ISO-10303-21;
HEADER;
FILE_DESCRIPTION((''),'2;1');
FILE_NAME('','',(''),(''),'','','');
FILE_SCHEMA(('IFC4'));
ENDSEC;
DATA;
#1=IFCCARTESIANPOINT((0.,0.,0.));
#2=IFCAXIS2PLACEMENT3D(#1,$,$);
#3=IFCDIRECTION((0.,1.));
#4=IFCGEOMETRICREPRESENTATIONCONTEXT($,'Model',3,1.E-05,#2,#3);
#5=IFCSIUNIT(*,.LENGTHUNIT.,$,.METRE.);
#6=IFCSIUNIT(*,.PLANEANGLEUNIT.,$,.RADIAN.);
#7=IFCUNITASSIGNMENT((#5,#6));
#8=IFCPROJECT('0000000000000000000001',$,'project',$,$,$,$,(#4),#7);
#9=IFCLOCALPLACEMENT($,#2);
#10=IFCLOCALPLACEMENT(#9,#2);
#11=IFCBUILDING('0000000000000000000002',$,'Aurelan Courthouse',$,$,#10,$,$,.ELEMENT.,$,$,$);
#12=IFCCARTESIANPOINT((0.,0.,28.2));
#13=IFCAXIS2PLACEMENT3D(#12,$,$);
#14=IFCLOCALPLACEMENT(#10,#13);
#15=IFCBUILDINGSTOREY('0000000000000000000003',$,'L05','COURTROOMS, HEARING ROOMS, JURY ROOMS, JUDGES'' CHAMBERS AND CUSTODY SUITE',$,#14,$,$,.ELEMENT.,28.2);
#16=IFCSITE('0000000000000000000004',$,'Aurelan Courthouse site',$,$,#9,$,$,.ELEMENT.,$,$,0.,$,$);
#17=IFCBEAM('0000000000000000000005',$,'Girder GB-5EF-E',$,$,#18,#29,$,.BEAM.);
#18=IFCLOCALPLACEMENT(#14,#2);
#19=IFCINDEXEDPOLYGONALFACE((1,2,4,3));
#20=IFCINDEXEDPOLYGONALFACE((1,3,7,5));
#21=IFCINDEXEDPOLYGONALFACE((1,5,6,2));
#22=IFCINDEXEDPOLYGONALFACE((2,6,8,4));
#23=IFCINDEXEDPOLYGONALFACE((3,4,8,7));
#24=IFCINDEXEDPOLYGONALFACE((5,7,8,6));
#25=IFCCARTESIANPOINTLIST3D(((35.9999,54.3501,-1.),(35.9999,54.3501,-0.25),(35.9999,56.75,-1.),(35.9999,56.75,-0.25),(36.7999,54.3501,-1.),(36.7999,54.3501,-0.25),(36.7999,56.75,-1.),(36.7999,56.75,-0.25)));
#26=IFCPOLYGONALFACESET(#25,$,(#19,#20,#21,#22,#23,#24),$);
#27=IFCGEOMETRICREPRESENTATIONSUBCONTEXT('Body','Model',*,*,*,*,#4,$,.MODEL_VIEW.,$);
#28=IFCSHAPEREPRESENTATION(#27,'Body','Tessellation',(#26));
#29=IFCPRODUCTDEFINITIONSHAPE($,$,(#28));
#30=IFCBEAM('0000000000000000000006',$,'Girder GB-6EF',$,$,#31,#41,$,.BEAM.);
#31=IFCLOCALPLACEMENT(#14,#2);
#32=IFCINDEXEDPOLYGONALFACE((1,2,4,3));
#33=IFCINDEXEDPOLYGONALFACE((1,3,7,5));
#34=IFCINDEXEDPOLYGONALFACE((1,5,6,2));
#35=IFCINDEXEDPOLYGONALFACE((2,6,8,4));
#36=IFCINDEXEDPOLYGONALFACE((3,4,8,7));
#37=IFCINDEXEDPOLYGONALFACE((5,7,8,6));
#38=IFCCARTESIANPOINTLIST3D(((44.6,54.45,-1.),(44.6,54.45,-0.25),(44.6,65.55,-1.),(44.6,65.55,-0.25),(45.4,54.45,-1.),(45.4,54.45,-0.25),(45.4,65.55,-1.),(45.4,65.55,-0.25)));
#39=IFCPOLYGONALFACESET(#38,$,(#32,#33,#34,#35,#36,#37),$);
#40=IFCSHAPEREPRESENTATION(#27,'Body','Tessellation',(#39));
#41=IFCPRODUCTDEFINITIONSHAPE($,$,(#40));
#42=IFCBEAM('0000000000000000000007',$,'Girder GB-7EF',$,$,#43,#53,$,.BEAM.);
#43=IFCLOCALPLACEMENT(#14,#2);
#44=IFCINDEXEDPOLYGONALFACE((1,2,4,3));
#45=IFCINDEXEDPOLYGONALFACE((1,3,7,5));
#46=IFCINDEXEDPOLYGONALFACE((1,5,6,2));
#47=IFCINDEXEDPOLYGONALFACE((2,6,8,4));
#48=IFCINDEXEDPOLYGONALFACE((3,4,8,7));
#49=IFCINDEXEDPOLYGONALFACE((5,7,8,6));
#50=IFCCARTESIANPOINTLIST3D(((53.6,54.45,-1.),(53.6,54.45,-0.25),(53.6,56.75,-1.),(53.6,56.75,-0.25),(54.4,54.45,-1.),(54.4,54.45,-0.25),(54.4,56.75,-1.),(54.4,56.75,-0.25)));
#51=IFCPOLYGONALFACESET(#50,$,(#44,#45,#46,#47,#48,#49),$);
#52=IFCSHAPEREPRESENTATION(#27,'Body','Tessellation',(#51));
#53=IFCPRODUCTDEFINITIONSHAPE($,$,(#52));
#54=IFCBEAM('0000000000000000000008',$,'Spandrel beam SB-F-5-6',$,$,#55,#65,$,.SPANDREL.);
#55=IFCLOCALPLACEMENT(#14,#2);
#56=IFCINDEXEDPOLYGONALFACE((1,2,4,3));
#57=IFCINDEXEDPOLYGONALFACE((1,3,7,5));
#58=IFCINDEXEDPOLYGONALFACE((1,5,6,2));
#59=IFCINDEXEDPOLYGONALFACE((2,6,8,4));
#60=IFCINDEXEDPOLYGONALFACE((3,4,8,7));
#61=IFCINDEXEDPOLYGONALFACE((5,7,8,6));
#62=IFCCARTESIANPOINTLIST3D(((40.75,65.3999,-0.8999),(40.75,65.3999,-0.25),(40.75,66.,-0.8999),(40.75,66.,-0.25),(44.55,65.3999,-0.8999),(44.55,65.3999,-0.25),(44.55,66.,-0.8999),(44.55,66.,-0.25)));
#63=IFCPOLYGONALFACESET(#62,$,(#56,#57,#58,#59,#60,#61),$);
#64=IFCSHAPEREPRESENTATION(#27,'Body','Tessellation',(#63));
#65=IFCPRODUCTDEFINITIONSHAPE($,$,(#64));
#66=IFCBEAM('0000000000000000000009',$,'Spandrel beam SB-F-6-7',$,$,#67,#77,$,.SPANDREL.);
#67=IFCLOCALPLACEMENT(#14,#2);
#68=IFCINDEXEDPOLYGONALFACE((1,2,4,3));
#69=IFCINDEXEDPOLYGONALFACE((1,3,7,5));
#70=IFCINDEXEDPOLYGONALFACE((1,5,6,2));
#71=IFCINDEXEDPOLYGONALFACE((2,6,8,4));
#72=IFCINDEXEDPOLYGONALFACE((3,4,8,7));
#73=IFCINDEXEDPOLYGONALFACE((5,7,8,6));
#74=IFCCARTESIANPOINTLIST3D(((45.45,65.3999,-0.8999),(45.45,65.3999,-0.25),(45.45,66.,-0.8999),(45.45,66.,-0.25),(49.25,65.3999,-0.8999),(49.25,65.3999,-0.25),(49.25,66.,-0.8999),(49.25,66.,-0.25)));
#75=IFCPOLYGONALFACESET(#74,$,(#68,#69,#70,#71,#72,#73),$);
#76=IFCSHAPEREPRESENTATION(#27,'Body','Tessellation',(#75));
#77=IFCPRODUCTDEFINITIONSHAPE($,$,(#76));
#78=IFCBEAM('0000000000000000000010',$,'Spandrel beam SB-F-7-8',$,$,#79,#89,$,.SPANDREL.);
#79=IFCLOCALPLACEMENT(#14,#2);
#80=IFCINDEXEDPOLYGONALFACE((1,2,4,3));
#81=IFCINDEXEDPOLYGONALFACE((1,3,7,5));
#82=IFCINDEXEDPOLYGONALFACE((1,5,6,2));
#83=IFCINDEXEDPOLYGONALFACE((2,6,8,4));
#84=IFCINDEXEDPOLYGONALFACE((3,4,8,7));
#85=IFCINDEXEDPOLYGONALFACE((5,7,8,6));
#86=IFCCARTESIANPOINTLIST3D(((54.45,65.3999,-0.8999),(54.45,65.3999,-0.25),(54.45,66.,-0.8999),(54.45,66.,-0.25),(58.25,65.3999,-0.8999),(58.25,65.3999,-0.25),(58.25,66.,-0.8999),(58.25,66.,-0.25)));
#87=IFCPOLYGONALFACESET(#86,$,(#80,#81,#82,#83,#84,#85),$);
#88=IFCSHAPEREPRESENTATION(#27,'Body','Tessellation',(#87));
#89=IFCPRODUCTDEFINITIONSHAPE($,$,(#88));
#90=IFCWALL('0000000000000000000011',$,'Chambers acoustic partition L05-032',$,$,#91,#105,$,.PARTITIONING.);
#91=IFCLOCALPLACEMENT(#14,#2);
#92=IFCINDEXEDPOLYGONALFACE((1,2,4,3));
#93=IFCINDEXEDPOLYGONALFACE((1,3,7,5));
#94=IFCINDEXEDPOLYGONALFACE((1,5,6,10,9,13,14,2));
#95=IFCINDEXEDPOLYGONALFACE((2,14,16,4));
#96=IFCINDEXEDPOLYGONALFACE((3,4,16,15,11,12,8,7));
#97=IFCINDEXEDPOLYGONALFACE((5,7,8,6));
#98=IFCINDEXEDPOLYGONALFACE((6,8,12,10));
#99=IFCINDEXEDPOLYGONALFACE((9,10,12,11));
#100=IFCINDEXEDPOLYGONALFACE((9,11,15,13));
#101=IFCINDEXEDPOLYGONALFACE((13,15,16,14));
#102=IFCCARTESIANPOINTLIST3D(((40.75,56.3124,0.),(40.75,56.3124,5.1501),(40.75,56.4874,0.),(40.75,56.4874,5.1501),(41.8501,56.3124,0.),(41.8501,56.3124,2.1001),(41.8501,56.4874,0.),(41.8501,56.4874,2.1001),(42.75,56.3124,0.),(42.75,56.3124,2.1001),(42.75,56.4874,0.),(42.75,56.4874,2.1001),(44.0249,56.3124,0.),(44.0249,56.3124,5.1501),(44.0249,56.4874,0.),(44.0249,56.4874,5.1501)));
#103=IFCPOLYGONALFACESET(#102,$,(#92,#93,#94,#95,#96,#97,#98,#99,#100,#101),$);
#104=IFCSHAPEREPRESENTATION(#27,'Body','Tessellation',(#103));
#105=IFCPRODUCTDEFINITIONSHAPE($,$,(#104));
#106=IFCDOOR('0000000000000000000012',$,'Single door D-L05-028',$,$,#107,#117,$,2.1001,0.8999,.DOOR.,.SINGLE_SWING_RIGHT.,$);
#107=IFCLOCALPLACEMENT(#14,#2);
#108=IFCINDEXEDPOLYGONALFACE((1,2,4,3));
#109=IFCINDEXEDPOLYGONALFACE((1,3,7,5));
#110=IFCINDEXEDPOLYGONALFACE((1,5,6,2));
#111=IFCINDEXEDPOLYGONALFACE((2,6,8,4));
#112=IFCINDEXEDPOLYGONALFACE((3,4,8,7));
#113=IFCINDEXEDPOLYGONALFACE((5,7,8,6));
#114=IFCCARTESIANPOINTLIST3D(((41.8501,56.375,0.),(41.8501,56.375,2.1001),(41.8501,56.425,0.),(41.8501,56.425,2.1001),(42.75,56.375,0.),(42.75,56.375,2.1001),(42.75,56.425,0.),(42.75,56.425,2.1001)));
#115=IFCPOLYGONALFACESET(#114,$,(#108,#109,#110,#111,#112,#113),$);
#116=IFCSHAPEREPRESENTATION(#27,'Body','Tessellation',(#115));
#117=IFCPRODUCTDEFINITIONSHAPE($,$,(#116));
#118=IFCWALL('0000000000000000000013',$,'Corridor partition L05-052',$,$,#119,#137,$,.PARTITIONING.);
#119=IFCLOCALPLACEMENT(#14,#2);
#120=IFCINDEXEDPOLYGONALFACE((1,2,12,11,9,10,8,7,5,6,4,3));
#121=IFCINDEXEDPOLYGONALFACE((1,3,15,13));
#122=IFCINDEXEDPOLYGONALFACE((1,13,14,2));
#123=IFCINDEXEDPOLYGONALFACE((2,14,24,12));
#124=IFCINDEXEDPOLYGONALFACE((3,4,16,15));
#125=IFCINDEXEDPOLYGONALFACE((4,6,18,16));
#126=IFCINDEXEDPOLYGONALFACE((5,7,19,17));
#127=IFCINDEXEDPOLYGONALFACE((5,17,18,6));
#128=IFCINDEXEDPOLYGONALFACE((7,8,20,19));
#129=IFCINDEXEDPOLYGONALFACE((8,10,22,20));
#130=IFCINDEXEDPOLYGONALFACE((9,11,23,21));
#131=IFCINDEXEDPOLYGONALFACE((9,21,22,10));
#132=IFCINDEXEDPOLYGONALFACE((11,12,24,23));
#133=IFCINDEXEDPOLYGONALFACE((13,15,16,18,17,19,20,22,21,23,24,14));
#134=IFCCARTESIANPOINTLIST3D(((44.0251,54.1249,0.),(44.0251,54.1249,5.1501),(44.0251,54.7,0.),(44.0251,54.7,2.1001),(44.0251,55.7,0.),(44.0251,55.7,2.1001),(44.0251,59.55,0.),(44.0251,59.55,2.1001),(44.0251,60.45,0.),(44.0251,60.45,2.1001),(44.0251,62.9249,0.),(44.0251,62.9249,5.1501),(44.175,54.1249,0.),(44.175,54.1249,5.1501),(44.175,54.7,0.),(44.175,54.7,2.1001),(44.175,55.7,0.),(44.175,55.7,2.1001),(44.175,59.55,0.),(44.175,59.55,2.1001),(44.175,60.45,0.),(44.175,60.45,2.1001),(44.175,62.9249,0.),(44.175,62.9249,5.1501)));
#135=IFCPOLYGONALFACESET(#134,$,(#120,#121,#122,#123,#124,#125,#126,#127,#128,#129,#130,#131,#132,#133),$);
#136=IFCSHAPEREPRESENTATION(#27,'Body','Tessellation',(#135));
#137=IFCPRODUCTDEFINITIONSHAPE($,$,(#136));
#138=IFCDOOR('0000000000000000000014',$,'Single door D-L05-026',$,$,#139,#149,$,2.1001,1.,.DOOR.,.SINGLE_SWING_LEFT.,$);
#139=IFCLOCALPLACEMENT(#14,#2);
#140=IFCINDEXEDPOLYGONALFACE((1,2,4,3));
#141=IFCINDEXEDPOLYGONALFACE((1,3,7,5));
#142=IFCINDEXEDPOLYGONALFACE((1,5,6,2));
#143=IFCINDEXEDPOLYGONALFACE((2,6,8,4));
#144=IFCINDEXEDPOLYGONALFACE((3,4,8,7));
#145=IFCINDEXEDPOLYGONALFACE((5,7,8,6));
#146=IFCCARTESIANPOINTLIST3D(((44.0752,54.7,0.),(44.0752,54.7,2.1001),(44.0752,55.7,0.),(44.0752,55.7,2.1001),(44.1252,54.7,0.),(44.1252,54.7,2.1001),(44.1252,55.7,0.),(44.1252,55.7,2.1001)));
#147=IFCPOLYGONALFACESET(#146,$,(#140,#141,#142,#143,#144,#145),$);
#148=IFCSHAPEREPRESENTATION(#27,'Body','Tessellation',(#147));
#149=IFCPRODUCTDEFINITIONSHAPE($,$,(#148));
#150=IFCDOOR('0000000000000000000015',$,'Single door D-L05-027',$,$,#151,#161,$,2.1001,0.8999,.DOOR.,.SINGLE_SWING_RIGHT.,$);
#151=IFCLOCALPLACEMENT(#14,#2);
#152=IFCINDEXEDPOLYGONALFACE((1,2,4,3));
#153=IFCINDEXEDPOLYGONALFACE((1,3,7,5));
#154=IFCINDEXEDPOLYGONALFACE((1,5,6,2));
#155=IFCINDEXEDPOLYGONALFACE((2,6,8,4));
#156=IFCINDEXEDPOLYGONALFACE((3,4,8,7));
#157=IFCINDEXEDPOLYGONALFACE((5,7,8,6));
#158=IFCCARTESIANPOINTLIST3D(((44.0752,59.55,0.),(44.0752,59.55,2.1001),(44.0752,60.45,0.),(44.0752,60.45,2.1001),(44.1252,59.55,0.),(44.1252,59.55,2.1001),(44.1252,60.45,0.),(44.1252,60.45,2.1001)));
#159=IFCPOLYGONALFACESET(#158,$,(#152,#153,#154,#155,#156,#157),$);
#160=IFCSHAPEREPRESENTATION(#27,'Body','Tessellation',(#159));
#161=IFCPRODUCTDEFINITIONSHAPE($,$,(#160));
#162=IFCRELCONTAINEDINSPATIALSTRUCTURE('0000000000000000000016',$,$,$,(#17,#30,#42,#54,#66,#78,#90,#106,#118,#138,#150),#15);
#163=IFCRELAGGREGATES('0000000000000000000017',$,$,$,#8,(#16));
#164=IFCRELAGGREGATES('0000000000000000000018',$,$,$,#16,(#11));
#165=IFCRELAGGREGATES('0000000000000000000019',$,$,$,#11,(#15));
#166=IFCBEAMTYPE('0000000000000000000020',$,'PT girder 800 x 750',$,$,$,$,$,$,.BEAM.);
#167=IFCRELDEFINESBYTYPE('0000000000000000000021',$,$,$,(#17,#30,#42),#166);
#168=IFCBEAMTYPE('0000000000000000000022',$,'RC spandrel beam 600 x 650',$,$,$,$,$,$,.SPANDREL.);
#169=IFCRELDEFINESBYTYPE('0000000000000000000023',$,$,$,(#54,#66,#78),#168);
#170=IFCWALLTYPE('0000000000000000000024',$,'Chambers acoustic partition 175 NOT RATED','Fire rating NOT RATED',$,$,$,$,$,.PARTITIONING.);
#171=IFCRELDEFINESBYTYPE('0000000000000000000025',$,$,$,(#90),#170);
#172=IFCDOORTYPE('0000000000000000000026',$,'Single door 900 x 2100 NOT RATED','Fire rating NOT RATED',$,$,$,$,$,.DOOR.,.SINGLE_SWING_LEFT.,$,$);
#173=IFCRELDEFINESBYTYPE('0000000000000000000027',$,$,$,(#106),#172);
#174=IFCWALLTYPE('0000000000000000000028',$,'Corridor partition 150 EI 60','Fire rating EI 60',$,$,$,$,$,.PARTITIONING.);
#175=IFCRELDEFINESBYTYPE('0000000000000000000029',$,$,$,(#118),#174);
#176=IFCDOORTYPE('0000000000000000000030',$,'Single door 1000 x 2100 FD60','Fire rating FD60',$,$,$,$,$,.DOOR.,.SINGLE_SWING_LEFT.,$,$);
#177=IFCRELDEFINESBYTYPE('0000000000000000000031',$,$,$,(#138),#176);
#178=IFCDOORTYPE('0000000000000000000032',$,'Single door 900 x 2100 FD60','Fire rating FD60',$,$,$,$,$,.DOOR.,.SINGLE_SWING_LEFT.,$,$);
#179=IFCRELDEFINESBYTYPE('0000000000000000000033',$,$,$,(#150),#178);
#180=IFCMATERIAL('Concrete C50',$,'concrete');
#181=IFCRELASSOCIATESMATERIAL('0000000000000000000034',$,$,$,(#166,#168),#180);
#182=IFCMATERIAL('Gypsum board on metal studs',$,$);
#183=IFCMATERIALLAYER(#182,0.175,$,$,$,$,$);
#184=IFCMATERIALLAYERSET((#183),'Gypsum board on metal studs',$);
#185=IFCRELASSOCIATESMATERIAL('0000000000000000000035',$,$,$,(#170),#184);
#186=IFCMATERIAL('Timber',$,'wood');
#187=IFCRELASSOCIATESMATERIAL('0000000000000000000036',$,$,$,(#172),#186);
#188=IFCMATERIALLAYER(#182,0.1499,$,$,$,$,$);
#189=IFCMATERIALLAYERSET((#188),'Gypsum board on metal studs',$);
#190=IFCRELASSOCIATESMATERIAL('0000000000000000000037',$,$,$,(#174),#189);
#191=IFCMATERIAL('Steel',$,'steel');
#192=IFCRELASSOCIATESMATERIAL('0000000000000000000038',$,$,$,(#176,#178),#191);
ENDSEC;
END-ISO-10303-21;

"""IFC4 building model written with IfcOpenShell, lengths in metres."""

from ifc_helpers import new_model, si_unit, direction, frame, frame_2d, origin, origin_2d, place, context, subcontext, project, spatial, rectangle, extrude, material, layer, layer_set, material_profile, profile_set, type_object, element, fill, save


model = new_model("IFC4")

# Units and contexts
model_context = context("Model", 3, precision=1e-05, world=origin(), true_north=direction((0.0, 1.0)))
body_context = subcontext(model_context, "Body", "Model", "MODEL_VIEW")
ifc_project = project(units=[si_unit("LENGTHUNIT", "METRE"), si_unit("PLANEANGLEUNIT", "RADIAN")], contexts=[model_context])

# Site, building, storey
site_placement = place(None, origin())
site = spatial("IfcSite", under=ifc_project, at=site_placement, Name="Aurelan Courthouse site", CompositionType="ELEMENT", RefElevation=0.0)
building_placement = place(site_placement, origin())
building = spatial("IfcBuilding", under=site, at=building_placement, Name="Aurelan Courthouse", CompositionType="ELEMENT")
storey_placement = place(building_placement, frame((0.0, 0.0, 28.2)))
storey = spatial("IfcBuildingStorey", under=building, at=storey_placement, Name="L05", Description="COURTROOMS, HEARING ROOMS, JURY ROOMS, JUDGES' CHAMBERS AND CUSTODY SUITE", CompositionType="ELEMENT", Elevation=28.2)

# Beams
ifc_material_1 = material(Name="Concrete C50", Category="concrete")
ifc_material_profile_1 = material_profile(ifc_material_1, rectangle(XDim=0.8, YDim=0.75, at=origin_2d()), Name="RC 800 x 750")
ifc_profile_set_1 = profile_set([ifc_material_profile_1], Name="Concrete C50")
beam_type_1 = type_object("IfcBeamType", Name="PT girder 800 x 750", PredefinedType="BEAM", material=ifc_profile_set_1)
beam_1_placement = place(storey_placement, frame((36.3999, 54.3501, -0.625), z_axis=(0.0, 1.0, 0.0), x_axis=(-1.0, 0.0, 0.0)))
element("IfcBeam", 1, at=beam_1_placement, inside=storey, type_object=beam_type_1, Name="Girder GB-5EF-E", PredefinedType="BEAM", context=body_context, shape_type="SweptSolid", body=[
    extrude(rectangle(XDim=0.8, YDim=0.75, at=origin_2d()), origin(), (0.0, 0.0, 1.0), 2.3999),
])
beam_2_placement = place(storey_placement, frame((45.0, 54.45, -0.625), z_axis=(0.0, 1.0, 0.0), x_axis=(-1.0, 0.0, 0.0)))
element("IfcBeam", 2, at=beam_2_placement, inside=storey, type_object=beam_type_1, Name="Girder GB-6EF", PredefinedType="BEAM", context=body_context, shape_type="SweptSolid", body=[
    extrude(rectangle(XDim=0.8, YDim=0.75, at=origin_2d()), origin(), (0.0, 0.0, 1.0), 11.1001),
])
beam_3_placement = place(storey_placement, frame((54.0, 54.45, -0.625), z_axis=(0.0, 1.0, 0.0), x_axis=(-1.0, 0.0, 0.0)))
element("IfcBeam", 3, at=beam_3_placement, inside=storey, type_object=beam_type_1, Name="Girder GB-7EF", PredefinedType="BEAM", context=body_context, shape_type="SweptSolid", body=[
    extrude(rectangle(XDim=0.8, YDim=0.75, at=origin_2d()), origin(), (0.0, 0.0, 1.0), 2.3),
])
ifc_material_profile_2 = material_profile(ifc_material_1, rectangle(XDim=0.6001, YDim=0.6499, at=origin_2d()), Name="RC 600 x 650")
ifc_profile_set_2 = profile_set([ifc_material_profile_2], Name="Concrete C50")
beam_type_2 = type_object("IfcBeamType", Name="RC spandrel beam 600 x 650", PredefinedType="SPANDREL", material=ifc_profile_set_2)
for number, where, z_axis, x_axis, name in (
    (4, (40.75, 65.7, -0.575), (1.0, 0.0, 0.0), (0.0, 1.0, 0.0), "Spandrel beam SB-F-5-6"),
    (5, (45.45, 65.7, -0.575), (1.0, 0.0, 0.0), (0.0, 1.0, 0.0), "Spandrel beam SB-F-6-7"),
    (6, (54.45, 65.7, -0.575), (1.0, 0.0, 0.0), (0.0, 1.0, 0.0), "Spandrel beam SB-F-7-8"),
):
    element("IfcBeam", number, at=place(storey_placement, frame(where, z_axis=z_axis, x_axis=x_axis)), inside=storey, type_object=beam_type_2, Name=name, PredefinedType="SPANDREL", context=body_context, shape_type="SweptSolid", body=[
        extrude(rectangle(XDim=0.6001, YDim=0.6499, at=origin_2d()), origin(), (0.0, 0.0, 1.0), 3.8),
    ])

# Wall, opening, door
ifc_material_2 = material(Name="Gypsum board on metal studs")
ifc_layer_1 = layer(ifc_material_2, 0.175)
ifc_layer_set_1 = layer_set([ifc_layer_1], Name="Gypsum board on metal studs")
wall_type_1 = type_object("IfcWallType", Name="Chambers acoustic partition 175 NOT RATED", Description="Fire rating NOT RATED", PredefinedType="PARTITIONING", material=ifc_layer_set_1)
wall_1_placement = place(storey_placement, frame((40.75, 56.3999, 0.0), z_axis=(0.0, 0.0, 1.0), x_axis=(1.0, 0.0, 0.0)))
wall_1 = element("IfcWall", 7, at=wall_1_placement, inside=storey, type_object=wall_type_1, Name="Chambers acoustic partition L05-032", PredefinedType="PARTITIONING", context=body_context, shape_type="SweptSolid", body=[
    extrude(rectangle(XDim=3.2749, YDim=0.175, at=frame_2d((1.6375, 0.0))), origin(), (0.0, 0.0, 1.0), 5.1501),
])
opening_1_placement = place(wall_1_placement, frame((2.0, 0.0, 0.0), z_axis=(0.0, 0.0, 1.0), x_axis=(-1.0, 0.0, 0.0)))
opening_1 = element("IfcOpeningElement", 8, at=opening_1_placement, cuts=wall_1, PredefinedType="OPENING", context=body_context, shape_type="SweptSolid", body=[
    extrude(rectangle(XDim=0.8999, YDim=2.1001, at=frame_2d((0.45, 1.05))), frame((0.0, 0.0974, 0.0), z_axis=(0.0, -1.0, 0.0), x_axis=(1.0, 0.0, 0.0)), (0.0, 0.0, 1.0), 0.1951),
])
ifc_material_3 = material(Name="Timber", Category="wood")
door_type_1 = type_object("IfcDoorType", Name="Single door 900 x 2100 NOT RATED", Description="Fire rating NOT RATED", OperationType="SINGLE_SWING_LEFT", PredefinedType="DOOR", material=ifc_material_3)
door_1_placement = place(opening_1_placement, origin())
door_1 = element("IfcDoor", 9, at=door_1_placement, inside=storey, type_object=door_type_1, Name="Single door D-L05-028", OperationType="SINGLE_SWING_RIGHT", OverallHeight=2.1001, OverallWidth=0.8999, PredefinedType="DOOR", context=body_context, shape_type="SweptSolid", body=[
    extrude(rectangle(XDim=0.8999, YDim=2.1001, at=frame_2d((0.45, 1.05))), frame((0.0, 0.0249, 0.0), z_axis=(0.0, -1.0, 0.0), x_axis=(1.0, 0.0, 0.0)), (0.0, 0.0, 1.0), 0.05),
])
fill(opening_1, door_1)

# Wall, openings, doors
ifc_layer_2 = layer(ifc_material_2, 0.1499)
ifc_layer_set_2 = layer_set([ifc_layer_2], Name="Gypsum board on metal studs")
wall_type_2 = type_object("IfcWallType", Name="Corridor partition 150 EI 60", Description="Fire rating EI 60", PredefinedType="PARTITIONING", material=ifc_layer_set_2)
wall_2_placement = place(storey_placement, frame((44.1001, 54.125, 0.0), z_axis=(0.0, 0.0, 1.0), x_axis=(0.0, 1.0, 0.0)))
wall_2 = element("IfcWall", 10, at=wall_2_placement, inside=storey, type_object=wall_type_2, Name="Corridor partition L05-052", PredefinedType="PARTITIONING", context=body_context, shape_type="SweptSolid", body=[
    extrude(rectangle(XDim=8.8, YDim=0.1499, at=frame_2d((4.3999, 0.0))), origin(), (0.0, 0.0, 1.0), 5.1501),
])
opening_2_placement = place(wall_2_placement, frame((0.575, 0.0, 0.0)))
opening_2 = element("IfcOpeningElement", 11, at=opening_2_placement, cuts=wall_2, PredefinedType="OPENING", context=body_context, shape_type="SweptSolid", body=[
    extrude(rectangle(XDim=1.0, YDim=2.1001, at=frame_2d((0.5, 1.05))), frame((0.0, 0.085, 0.0), z_axis=(0.0, -1.0, 0.0), x_axis=(1.0, 0.0, 0.0)), (0.0, 0.0, 1.0), 0.1699),
])
opening_3_placement = place(wall_2_placement, frame((5.425, 0.0, 0.0)))
opening_3 = element("IfcOpeningElement", 12, at=opening_3_placement, cuts=wall_2, PredefinedType="OPENING", context=body_context, shape_type="SweptSolid", body=[
    extrude(rectangle(XDim=0.8999, YDim=2.1001, at=frame_2d((0.45, 1.05))), frame((0.0, 0.085, 0.0), z_axis=(0.0, -1.0, 0.0), x_axis=(1.0, 0.0, 0.0)), (0.0, 0.0, 1.0), 0.1699),
])
ifc_material_4 = material(Name="Steel", Category="steel")
door_type_2 = type_object("IfcDoorType", Name="Single door 1000 x 2100 FD60", Description="Fire rating FD60", OperationType="SINGLE_SWING_LEFT", PredefinedType="DOOR", material=ifc_material_4)
door_2_placement = place(opening_2_placement, origin())
door_2 = element("IfcDoor", 13, at=door_2_placement, inside=storey, type_object=door_type_2, Name="Single door D-L05-026", OperationType="SINGLE_SWING_LEFT", OverallHeight=2.1001, OverallWidth=1.0, PredefinedType="DOOR", context=body_context, shape_type="SweptSolid", body=[
    extrude(rectangle(XDim=1.0, YDim=2.1001, at=frame_2d((0.5, 1.05))), frame((0.0, 0.0249, 0.0), z_axis=(0.0, -1.0, 0.0), x_axis=(1.0, 0.0, 0.0)), (0.0, 0.0, 1.0), 0.05),
])
fill(opening_2, door_2)
door_type_3 = type_object("IfcDoorType", Name="Single door 900 x 2100 FD60", Description="Fire rating FD60", OperationType="SINGLE_SWING_LEFT", PredefinedType="DOOR", material=ifc_material_4)
door_3_placement = place(opening_3_placement, origin())
door_3 = element("IfcDoor", 14, at=door_3_placement, inside=storey, type_object=door_type_3, Name="Single door D-L05-027", OperationType="SINGLE_SWING_RIGHT", OverallHeight=2.1001, OverallWidth=0.8999, PredefinedType="DOOR", context=body_context, shape_type="SweptSolid", body=[
    extrude(rectangle(XDim=0.8999, YDim=2.1001, at=frame_2d((0.45, 1.05))), frame((0.0, 0.0249, 0.0), z_axis=(0.0, -1.0, 0.0), x_axis=(1.0, 0.0, 0.0)), (0.0, 0.0, 1.0), 0.05),
])
fill(opening_3, door_3)

save(model, "model.ifc")
